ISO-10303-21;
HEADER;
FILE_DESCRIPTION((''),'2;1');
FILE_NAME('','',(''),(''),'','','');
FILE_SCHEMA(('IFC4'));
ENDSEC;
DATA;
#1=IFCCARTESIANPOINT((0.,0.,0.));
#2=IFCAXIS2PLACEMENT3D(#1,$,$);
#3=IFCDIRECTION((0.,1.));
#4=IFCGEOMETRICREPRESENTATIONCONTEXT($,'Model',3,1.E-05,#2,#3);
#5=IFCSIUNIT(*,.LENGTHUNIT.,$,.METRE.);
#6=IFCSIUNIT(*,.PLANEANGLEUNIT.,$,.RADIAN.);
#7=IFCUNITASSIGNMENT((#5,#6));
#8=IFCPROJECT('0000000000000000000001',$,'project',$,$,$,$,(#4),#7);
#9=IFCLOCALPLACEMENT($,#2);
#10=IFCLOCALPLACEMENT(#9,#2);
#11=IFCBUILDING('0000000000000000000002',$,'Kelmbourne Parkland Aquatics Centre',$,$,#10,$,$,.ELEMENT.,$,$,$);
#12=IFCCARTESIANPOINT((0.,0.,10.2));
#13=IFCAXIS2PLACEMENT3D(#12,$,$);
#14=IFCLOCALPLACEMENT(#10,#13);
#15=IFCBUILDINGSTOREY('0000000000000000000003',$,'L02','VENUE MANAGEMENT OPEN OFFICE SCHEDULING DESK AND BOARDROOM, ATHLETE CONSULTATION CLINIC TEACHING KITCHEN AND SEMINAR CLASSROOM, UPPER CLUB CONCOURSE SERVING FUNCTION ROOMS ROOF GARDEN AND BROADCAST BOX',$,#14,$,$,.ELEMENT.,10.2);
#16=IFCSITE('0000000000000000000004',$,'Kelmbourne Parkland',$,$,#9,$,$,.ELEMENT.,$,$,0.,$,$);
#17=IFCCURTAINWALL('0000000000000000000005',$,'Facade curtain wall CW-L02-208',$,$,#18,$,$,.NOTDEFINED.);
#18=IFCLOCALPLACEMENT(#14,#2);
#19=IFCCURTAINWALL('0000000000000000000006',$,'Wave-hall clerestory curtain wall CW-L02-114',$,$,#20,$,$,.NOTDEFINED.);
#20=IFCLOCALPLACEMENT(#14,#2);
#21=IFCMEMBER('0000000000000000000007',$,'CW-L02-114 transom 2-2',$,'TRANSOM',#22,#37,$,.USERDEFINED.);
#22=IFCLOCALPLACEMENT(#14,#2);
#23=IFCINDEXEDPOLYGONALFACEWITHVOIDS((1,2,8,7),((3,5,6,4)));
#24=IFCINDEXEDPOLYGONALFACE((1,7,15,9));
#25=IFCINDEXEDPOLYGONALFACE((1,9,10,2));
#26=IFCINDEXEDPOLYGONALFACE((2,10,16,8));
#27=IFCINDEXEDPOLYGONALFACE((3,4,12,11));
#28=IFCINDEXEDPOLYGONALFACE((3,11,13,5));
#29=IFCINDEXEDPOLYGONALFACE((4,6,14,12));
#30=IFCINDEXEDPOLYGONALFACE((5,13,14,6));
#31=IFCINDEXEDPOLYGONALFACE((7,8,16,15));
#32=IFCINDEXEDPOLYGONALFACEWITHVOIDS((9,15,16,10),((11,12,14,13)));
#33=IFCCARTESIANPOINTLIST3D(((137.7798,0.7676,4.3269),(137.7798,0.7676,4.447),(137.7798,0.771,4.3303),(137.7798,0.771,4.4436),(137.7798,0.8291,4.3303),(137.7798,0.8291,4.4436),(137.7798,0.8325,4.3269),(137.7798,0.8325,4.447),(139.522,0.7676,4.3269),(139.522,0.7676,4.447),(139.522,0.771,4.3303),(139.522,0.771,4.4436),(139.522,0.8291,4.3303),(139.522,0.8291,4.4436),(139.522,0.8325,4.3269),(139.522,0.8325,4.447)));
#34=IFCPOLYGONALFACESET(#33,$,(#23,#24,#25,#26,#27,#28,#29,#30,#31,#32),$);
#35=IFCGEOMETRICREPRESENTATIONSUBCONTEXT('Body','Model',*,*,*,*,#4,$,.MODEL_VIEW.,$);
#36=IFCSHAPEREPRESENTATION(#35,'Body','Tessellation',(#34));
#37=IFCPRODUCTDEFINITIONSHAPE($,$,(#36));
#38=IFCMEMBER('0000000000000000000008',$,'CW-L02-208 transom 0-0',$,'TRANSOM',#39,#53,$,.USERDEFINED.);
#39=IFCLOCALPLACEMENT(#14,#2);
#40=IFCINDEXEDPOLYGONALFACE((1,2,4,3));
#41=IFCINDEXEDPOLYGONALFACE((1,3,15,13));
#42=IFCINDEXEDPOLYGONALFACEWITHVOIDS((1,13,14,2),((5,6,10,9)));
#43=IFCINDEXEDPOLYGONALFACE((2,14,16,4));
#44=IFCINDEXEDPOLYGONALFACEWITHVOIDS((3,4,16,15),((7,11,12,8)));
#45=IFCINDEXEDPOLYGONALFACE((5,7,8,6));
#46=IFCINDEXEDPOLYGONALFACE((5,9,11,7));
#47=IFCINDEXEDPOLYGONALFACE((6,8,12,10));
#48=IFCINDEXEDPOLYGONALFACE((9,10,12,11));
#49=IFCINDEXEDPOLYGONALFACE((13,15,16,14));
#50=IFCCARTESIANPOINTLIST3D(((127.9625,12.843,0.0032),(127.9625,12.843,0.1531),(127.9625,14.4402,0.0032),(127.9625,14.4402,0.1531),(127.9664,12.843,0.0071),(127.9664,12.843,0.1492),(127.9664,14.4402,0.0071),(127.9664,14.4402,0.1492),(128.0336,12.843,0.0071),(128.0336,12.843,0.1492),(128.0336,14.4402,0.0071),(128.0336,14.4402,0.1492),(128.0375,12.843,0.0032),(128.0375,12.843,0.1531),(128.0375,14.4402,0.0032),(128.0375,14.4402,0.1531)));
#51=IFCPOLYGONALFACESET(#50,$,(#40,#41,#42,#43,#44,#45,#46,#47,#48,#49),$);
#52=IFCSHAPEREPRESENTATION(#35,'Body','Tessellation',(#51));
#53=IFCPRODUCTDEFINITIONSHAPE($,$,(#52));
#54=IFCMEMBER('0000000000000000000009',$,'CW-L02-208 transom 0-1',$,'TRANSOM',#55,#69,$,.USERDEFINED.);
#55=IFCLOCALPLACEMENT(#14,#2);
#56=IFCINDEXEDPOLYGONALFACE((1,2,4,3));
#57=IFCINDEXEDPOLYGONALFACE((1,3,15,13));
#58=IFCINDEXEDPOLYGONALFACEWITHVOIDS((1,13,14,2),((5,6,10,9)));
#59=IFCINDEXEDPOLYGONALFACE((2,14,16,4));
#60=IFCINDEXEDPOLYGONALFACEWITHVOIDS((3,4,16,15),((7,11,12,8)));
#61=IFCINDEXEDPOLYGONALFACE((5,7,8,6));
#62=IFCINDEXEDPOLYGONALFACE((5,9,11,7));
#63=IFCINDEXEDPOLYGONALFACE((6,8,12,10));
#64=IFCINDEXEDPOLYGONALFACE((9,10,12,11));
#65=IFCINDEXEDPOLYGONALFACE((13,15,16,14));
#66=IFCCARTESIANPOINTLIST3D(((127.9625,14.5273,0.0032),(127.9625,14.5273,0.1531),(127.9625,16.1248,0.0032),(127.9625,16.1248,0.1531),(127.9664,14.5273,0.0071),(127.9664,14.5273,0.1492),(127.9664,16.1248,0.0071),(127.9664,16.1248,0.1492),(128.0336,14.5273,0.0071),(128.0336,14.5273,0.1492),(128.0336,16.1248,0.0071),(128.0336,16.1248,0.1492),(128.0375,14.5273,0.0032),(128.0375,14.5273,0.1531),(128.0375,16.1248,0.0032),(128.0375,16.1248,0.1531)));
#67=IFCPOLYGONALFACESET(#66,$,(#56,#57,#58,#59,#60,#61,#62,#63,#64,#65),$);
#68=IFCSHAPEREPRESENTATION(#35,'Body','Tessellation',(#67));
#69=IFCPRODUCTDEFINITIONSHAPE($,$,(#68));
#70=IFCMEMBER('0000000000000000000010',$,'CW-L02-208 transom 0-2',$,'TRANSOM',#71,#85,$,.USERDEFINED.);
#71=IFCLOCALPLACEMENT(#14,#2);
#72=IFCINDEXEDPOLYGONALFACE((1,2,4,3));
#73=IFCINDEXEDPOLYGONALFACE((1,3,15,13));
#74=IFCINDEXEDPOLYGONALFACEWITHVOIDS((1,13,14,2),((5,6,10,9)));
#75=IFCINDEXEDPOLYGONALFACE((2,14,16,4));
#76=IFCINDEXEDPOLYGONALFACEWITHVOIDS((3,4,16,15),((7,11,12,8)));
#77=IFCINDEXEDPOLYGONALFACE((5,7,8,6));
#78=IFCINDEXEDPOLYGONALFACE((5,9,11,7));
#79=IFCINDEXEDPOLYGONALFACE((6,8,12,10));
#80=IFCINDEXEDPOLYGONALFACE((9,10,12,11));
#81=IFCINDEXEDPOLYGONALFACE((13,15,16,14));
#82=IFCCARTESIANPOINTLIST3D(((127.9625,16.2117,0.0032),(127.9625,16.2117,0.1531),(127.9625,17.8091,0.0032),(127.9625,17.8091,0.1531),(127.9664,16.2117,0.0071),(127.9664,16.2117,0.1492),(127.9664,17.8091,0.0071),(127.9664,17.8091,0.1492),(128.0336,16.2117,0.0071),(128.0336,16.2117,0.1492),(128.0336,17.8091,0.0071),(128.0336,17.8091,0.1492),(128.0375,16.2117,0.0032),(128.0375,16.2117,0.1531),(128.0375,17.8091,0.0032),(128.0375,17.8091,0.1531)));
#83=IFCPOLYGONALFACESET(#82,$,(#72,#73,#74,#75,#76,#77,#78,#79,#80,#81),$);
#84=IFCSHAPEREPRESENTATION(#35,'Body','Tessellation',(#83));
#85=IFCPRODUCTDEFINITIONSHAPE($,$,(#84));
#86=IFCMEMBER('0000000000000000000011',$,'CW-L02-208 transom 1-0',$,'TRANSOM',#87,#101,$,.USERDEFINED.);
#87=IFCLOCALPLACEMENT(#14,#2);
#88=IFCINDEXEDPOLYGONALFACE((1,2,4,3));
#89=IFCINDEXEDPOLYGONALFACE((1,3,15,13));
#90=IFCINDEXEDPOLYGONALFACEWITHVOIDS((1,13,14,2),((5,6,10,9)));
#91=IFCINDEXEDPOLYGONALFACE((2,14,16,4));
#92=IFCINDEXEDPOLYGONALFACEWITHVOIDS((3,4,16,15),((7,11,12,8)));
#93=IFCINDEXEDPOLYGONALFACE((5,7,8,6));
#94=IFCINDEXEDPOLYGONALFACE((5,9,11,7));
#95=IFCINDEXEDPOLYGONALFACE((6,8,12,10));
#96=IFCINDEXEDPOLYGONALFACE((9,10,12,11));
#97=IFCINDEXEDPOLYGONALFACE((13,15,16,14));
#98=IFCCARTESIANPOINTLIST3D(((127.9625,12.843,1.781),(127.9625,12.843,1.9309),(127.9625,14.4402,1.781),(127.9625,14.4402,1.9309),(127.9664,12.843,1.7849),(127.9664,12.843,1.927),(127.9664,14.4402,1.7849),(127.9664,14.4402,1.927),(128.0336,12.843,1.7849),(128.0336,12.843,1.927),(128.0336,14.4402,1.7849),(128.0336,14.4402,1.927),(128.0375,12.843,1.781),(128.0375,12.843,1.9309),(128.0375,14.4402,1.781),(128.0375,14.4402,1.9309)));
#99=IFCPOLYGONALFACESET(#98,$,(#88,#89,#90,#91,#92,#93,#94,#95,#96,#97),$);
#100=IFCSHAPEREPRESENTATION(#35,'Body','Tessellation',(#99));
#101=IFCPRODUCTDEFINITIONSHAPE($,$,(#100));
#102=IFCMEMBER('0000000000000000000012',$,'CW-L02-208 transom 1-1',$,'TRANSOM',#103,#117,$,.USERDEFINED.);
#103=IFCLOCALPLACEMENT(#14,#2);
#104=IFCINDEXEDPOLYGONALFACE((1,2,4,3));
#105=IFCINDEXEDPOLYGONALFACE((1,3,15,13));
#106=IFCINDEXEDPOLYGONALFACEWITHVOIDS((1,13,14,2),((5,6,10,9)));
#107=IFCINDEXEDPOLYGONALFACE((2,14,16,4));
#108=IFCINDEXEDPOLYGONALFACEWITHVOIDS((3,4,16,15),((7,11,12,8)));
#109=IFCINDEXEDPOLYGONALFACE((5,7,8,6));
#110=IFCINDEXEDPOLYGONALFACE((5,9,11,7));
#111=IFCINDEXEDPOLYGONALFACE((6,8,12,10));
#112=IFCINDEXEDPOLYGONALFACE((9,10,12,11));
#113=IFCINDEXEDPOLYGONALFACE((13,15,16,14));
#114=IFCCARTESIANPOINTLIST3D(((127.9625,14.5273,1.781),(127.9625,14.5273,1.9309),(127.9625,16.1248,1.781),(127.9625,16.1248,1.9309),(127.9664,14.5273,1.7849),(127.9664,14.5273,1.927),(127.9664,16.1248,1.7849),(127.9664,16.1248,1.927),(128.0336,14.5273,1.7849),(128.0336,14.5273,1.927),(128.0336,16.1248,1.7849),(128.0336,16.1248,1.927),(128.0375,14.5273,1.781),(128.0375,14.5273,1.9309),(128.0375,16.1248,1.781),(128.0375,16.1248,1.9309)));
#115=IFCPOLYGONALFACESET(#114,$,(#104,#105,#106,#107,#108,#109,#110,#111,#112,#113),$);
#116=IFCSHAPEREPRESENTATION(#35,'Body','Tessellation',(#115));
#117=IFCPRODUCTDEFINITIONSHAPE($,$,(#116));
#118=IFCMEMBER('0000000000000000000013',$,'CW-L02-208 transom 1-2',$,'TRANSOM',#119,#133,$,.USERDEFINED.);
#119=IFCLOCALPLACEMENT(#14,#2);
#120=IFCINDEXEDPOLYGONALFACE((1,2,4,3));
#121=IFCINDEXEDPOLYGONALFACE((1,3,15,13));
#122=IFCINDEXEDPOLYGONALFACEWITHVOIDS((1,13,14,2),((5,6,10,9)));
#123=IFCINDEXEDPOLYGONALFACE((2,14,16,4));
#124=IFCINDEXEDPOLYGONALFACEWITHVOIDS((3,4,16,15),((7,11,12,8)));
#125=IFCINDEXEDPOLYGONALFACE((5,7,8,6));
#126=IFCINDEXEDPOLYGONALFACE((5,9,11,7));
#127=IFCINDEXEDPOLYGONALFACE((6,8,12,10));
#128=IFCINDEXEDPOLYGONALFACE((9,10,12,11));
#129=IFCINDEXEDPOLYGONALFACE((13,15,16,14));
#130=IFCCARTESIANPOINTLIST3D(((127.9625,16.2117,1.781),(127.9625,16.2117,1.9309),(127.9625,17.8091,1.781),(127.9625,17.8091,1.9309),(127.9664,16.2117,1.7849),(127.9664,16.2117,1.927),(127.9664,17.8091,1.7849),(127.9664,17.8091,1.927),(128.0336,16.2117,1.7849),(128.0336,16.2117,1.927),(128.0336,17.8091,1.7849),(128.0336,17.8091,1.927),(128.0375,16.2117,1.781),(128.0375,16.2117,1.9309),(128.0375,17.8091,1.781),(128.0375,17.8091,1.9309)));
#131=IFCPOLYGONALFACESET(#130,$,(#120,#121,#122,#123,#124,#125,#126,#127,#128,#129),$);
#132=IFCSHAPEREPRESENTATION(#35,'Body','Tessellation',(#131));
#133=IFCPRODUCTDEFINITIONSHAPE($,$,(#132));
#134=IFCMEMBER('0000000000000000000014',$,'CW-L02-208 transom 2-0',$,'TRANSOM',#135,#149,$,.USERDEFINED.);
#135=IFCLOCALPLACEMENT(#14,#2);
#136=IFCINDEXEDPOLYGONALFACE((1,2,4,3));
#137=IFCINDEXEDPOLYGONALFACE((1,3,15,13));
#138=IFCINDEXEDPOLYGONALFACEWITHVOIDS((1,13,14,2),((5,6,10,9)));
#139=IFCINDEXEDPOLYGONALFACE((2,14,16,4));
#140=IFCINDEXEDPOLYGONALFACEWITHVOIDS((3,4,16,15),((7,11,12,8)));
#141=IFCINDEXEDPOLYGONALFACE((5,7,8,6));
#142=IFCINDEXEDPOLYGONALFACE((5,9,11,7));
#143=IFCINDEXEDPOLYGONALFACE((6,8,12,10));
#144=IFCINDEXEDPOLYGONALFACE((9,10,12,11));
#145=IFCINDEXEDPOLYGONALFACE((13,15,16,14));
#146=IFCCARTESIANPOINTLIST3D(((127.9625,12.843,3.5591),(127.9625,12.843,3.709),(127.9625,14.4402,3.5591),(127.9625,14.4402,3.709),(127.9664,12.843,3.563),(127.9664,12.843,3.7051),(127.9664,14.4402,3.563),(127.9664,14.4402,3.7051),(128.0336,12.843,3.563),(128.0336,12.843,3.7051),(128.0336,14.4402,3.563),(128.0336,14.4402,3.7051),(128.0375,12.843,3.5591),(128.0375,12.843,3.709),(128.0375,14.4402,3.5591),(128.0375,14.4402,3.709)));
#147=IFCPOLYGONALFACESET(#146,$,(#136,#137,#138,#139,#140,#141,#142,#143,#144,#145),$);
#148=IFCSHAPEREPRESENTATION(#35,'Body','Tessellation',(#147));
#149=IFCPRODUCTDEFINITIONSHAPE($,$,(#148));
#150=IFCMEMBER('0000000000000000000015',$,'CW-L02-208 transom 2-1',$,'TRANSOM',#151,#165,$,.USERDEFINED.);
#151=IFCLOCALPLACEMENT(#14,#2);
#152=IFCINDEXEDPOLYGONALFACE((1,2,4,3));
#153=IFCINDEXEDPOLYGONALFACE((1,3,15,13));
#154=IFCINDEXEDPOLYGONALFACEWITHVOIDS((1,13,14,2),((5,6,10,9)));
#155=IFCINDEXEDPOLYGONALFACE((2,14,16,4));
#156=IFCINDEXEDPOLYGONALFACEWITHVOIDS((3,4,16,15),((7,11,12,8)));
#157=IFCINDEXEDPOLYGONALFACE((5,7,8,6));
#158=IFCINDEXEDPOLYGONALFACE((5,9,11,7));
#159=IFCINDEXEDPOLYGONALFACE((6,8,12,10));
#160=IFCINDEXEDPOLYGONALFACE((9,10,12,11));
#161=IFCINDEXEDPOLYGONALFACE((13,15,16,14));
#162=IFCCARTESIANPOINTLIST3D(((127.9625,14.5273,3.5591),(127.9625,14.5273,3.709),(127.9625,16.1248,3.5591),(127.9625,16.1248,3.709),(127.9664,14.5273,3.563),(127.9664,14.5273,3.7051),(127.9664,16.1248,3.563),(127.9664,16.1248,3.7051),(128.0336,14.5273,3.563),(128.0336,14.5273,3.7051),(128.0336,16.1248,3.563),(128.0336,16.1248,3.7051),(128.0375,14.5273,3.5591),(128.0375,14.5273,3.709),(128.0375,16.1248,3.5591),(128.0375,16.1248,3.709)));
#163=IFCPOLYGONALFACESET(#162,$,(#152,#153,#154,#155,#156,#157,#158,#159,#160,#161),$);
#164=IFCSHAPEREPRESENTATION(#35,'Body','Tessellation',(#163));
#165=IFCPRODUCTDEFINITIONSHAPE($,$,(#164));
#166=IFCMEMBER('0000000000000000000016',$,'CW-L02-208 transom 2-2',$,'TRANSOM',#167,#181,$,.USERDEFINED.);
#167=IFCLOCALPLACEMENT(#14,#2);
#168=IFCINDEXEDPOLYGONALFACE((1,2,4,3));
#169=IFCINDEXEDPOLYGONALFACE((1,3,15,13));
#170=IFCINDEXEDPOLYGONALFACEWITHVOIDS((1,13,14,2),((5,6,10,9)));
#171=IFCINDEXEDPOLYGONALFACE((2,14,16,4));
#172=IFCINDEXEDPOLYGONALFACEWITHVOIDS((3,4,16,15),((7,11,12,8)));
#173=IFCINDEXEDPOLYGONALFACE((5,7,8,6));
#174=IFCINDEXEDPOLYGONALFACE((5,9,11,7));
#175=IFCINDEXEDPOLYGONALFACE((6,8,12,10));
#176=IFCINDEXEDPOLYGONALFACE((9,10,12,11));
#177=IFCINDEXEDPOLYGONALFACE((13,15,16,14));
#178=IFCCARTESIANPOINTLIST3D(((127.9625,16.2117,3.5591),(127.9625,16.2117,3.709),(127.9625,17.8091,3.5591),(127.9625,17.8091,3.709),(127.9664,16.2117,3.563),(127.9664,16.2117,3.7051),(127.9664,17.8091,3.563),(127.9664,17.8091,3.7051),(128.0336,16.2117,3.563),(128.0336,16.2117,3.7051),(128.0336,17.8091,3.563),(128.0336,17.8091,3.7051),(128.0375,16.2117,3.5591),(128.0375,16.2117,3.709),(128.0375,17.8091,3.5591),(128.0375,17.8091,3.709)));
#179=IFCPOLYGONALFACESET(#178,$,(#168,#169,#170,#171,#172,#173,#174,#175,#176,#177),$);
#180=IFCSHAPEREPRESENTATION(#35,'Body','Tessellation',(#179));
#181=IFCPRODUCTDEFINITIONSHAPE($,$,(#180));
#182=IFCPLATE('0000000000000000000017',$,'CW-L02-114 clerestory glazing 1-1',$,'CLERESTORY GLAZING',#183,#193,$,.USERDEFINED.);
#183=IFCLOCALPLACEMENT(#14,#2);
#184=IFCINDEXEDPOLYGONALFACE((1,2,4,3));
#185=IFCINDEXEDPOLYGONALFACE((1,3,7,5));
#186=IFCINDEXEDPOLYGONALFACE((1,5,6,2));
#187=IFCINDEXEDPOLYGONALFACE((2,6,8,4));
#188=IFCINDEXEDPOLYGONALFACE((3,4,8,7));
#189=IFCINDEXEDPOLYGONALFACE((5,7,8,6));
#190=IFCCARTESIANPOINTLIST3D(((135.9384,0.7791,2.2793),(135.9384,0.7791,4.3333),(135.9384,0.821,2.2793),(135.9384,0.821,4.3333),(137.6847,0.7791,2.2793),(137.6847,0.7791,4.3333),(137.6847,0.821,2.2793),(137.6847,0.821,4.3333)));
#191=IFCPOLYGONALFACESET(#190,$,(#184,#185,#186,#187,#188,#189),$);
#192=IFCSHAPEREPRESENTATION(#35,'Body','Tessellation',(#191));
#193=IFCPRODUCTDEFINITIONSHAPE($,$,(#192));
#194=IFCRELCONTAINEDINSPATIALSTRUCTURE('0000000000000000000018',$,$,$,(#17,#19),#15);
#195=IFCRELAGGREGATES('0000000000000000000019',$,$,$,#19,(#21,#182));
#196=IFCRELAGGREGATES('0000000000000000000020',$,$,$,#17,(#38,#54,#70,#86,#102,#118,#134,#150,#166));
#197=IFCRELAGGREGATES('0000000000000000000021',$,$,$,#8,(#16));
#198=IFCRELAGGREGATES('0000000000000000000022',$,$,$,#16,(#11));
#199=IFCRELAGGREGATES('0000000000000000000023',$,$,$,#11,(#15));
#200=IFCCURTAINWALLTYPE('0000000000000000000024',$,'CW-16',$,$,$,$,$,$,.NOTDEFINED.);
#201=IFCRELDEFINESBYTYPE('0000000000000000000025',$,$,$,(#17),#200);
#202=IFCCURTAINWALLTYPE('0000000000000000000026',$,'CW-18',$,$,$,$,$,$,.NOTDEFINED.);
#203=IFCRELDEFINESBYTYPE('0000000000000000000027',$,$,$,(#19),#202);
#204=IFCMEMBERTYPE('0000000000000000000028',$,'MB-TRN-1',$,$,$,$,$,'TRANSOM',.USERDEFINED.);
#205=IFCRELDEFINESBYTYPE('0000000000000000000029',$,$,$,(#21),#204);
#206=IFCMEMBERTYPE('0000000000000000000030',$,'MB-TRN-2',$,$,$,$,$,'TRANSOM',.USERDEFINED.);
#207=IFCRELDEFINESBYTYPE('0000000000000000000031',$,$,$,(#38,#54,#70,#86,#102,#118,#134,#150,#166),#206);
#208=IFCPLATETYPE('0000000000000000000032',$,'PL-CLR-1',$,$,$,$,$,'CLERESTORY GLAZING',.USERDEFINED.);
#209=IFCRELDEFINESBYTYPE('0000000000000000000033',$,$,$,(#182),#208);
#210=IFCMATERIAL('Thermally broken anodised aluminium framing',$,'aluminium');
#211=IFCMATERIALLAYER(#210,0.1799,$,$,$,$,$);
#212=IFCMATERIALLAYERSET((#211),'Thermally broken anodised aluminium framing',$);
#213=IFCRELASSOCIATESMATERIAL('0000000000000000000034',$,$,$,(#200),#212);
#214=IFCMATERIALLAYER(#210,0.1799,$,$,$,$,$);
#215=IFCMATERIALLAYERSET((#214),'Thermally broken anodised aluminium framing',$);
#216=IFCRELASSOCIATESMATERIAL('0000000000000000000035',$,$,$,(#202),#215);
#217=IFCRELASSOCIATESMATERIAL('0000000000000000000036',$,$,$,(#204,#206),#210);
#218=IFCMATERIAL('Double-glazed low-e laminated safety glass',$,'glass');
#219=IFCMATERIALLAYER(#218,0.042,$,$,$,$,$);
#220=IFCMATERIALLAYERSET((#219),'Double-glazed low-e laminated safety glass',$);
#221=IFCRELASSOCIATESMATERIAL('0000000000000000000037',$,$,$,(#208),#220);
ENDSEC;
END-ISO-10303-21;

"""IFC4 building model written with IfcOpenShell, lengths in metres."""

from ifc_helpers import new_model, si_unit, direction, frame, origin, origin_2d, place, context, subcontext, project, spatial, rectangle, hollow_rectangle, extrude, material, layer, layer_set, material_profile, profile_set, type_object, element, aggregate, save


model = new_model("IFC4")

# Units and contexts
model_context = context("Model", 3, precision=1e-05, world=origin(), true_north=direction((0.0, 1.0)))
body_context = subcontext(model_context, "Body", "Model", "MODEL_VIEW")
ifc_project = project(units=[si_unit("LENGTHUNIT", "METRE"), si_unit("PLANEANGLEUNIT", "RADIAN")], contexts=[model_context])

# Site, building, storey
site_placement = place(None, origin())
site = spatial("IfcSite", under=ifc_project, at=site_placement, Name="Kelmbourne Parkland", CompositionType="ELEMENT", RefElevation=0.0)
building_placement = place(site_placement, origin())
building = spatial("IfcBuilding", under=site, at=building_placement, Name="Kelmbourne Parkland Aquatics Centre", CompositionType="ELEMENT")
storey_placement = place(building_placement, frame((0.0, 0.0, 10.2)))
storey = spatial("IfcBuildingStorey", under=building, at=storey_placement, Name="L02", Description="VENUE MANAGEMENT OPEN OFFICE SCHEDULING DESK AND BOARDROOM, ATHLETE CONSULTATION CLINIC TEACHING KITCHEN AND SEMINAR CLASSROOM, UPPER CLUB CONCOURSE SERVING FUNCTION ROOMS ROOF GARDEN AND BROADCAST BOX", CompositionType="ELEMENT", Elevation=10.2)

# Shared definitions
ifc_material_1 = material(Name="Thermally broken anodised aluminium framing", Category="aluminium")

# Curtain walls, member
ifc_layer_1 = layer(ifc_material_1, 0.1799)
ifc_layer_set_1 = layer_set([ifc_layer_1], Name="Thermally broken anodised aluminium framing")
curtain_wall_type_1 = type_object("IfcCurtainWallType", Name="CW-16", PredefinedType="NOTDEFINED", material=ifc_layer_set_1)
curtain_wall_1_placement = place(storey_placement, origin())
curtain_wall_1 = element("IfcCurtainWall", 1, at=curtain_wall_1_placement, inside=storey, type_object=curtain_wall_type_1, Name="Facade curtain wall CW-L02-208", PredefinedType="NOTDEFINED")
ifc_layer_2 = layer(ifc_material_1, 0.1799)
ifc_layer_set_2 = layer_set([ifc_layer_2], Name="Thermally broken anodised aluminium framing")
curtain_wall_type_2 = type_object("IfcCurtainWallType", Name="CW-18", PredefinedType="NOTDEFINED", material=ifc_layer_set_2)
curtain_wall_2_placement = place(storey_placement, origin())
curtain_wall_2 = element("IfcCurtainWall", 2, at=curtain_wall_2_placement, inside=storey, type_object=curtain_wall_type_2, Name="Wave-hall clerestory curtain wall CW-L02-114", PredefinedType="NOTDEFINED")
ifc_material_profile_1 = material_profile(ifc_material_1, hollow_rectangle(XDim=0.0649, YDim=0.1201, WallThickness=0.0034, at=origin_2d()), Name="CW-T 65x120")
ifc_profile_set_1 = profile_set([ifc_material_profile_1], Name="Thermally broken anodised aluminium framing")
member_type_1 = type_object("IfcMemberType", Name="MB-TRN-1", ElementType="TRANSOM", PredefinedType="USERDEFINED", material=ifc_profile_set_1)
member_1_placement = place(storey_placement, frame((137.7798, 0.8, 4.387), z_axis=(1.0, 0.0, 0.0), x_axis=(0.0, 1.0, 0.0)))
member_1 = element("IfcMember", 3, at=member_1_placement, type_object=member_type_1, Name="CW-L02-114 transom 2-2", ObjectType="TRANSOM", PredefinedType="USERDEFINED", context=body_context, shape_type="SweptSolid", body=[
    extrude(hollow_rectangle(XDim=0.0649, YDim=0.1201, WallThickness=0.0034, at=origin_2d()), origin(), (0.0, 0.0, 1.0), 1.7422),
])

# Members
ifc_material_profile_2 = material_profile(ifc_material_1, hollow_rectangle(XDim=0.075, YDim=0.1499, WallThickness=0.0039, at=origin_2d()), Name="CW-T 75x150")
ifc_profile_set_2 = profile_set([ifc_material_profile_2], Name="Thermally broken anodised aluminium framing")
member_type_2 = type_object("IfcMemberType", Name="MB-TRN-2", ElementType="TRANSOM", PredefinedType="USERDEFINED", material=ifc_profile_set_2)
member_2_placement = place(storey_placement, frame((128.0, 12.843, 0.0781), z_axis=(0.0, 1.0, 0.0), x_axis=(-1.0, 0.0, 0.0)))
member_2 = element("IfcMember", 4, at=member_2_placement, type_object=member_type_2, Name="CW-L02-208 transom 0-0", ObjectType="TRANSOM", PredefinedType="USERDEFINED", context=body_context, shape_type="SweptSolid", body=[
    extrude(hollow_rectangle(XDim=0.075, YDim=0.1499, WallThickness=0.0039, at=origin_2d()), origin(), (0.0, 0.0, 1.0), 1.5972),
])
member_3_placement = place(storey_placement, frame((128.0, 14.5273, 0.0781), z_axis=(0.0, 1.0, 0.0), x_axis=(-1.0, 0.0, 0.0)))
member_3 = element("IfcMember", 5, at=member_3_placement, type_object=member_type_2, Name="CW-L02-208 transom 0-1", ObjectType="TRANSOM", PredefinedType="USERDEFINED", context=body_context, shape_type="SweptSolid", body=[
    extrude(hollow_rectangle(XDim=0.075, YDim=0.1499, WallThickness=0.0039, at=origin_2d()), origin(), (0.0, 0.0, 1.0), 1.5974),
])
member_4_placement = place(storey_placement, frame((128.0, 16.2117, 0.0781), z_axis=(0.0, 1.0, 0.0), x_axis=(-1.0, 0.0, 0.0)))
member_4 = element("IfcMember", 6, at=member_4_placement, type_object=member_type_2, Name="CW-L02-208 transom 0-2", ObjectType="TRANSOM", PredefinedType="USERDEFINED", context=body_context, shape_type="SweptSolid", body=[
    extrude(hollow_rectangle(XDim=0.075, YDim=0.1499, WallThickness=0.0039, at=origin_2d()), origin(), (0.0, 0.0, 1.0), 1.5974),
])
member_5_placement = place(storey_placement, frame((128.0, 12.843, 1.856), z_axis=(0.0, 1.0, 0.0), x_axis=(-1.0, 0.0, 0.0)))
member_5 = element("IfcMember", 7, at=member_5_placement, type_object=member_type_2, Name="CW-L02-208 transom 1-0", ObjectType="TRANSOM", PredefinedType="USERDEFINED", context=body_context, shape_type="SweptSolid", body=[
    extrude(hollow_rectangle(XDim=0.075, YDim=0.1499, WallThickness=0.0039, at=origin_2d()), origin(), (0.0, 0.0, 1.0), 1.5972),
])
member_6_placement = place(storey_placement, frame((128.0, 14.5273, 1.856), z_axis=(0.0, 1.0, 0.0), x_axis=(-1.0, 0.0, 0.0)))
member_6 = element("IfcMember", 8, at=member_6_placement, type_object=member_type_2, Name="CW-L02-208 transom 1-1", ObjectType="TRANSOM", PredefinedType="USERDEFINED", context=body_context, shape_type="SweptSolid", body=[
    extrude(hollow_rectangle(XDim=0.075, YDim=0.1499, WallThickness=0.0039, at=origin_2d()), origin(), (0.0, 0.0, 1.0), 1.5974),
])
member_7_placement = place(storey_placement, frame((128.0, 16.2117, 1.856), z_axis=(0.0, 1.0, 0.0), x_axis=(-1.0, 0.0, 0.0)))
member_7 = element("IfcMember", 9, at=member_7_placement, type_object=member_type_2, Name="CW-L02-208 transom 1-2", ObjectType="TRANSOM", PredefinedType="USERDEFINED", context=body_context, shape_type="SweptSolid", body=[
    extrude(hollow_rectangle(XDim=0.075, YDim=0.1499, WallThickness=0.0039, at=origin_2d()), origin(), (0.0, 0.0, 1.0), 1.5974),
])
member_8_placement = place(storey_placement, frame((128.0, 12.843, 3.634), z_axis=(0.0, 1.0, 0.0), x_axis=(-1.0, 0.0, 0.0)))
member_8 = element("IfcMember", 10, at=member_8_placement, type_object=member_type_2, Name="CW-L02-208 transom 2-0", ObjectType="TRANSOM", PredefinedType="USERDEFINED", context=body_context, shape_type="SweptSolid", body=[
    extrude(hollow_rectangle(XDim=0.075, YDim=0.1499, WallThickness=0.0039, at=origin_2d()), origin(), (0.0, 0.0, 1.0), 1.5972),
])
member_9_placement = place(storey_placement, frame((128.0, 14.5273, 3.634), z_axis=(0.0, 1.0, 0.0), x_axis=(-1.0, 0.0, 0.0)))
member_9 = element("IfcMember", 11, at=member_9_placement, type_object=member_type_2, Name="CW-L02-208 transom 2-1", ObjectType="TRANSOM", PredefinedType="USERDEFINED", context=body_context, shape_type="SweptSolid", body=[
    extrude(hollow_rectangle(XDim=0.075, YDim=0.1499, WallThickness=0.0039, at=origin_2d()), origin(), (0.0, 0.0, 1.0), 1.5974),
])
member_10_placement = place(storey_placement, frame((128.0, 16.2117, 3.634), z_axis=(0.0, 1.0, 0.0), x_axis=(-1.0, 0.0, 0.0)))
member_10 = element("IfcMember", 12, at=member_10_placement, type_object=member_type_2, Name="CW-L02-208 transom 2-2", ObjectType="TRANSOM", PredefinedType="USERDEFINED", context=body_context, shape_type="SweptSolid", body=[
    extrude(hollow_rectangle(XDim=0.075, YDim=0.1499, WallThickness=0.0039, at=origin_2d()), origin(), (0.0, 0.0, 1.0), 1.5974),
])

# Plate
ifc_material_2 = material(Name="Double-glazed low-e laminated safety glass", Category="glass")
ifc_layer_3 = layer(ifc_material_2, 0.042)
ifc_layer_set_3 = layer_set([ifc_layer_3], Name="Double-glazed low-e laminated safety glass")
plate_type_1 = type_object("IfcPlateType", Name="PL-CLR-1", ElementType="CLERESTORY GLAZING", PredefinedType="USERDEFINED", material=ifc_layer_set_3)
plate_1_placement = place(storey_placement, frame((136.8115, 0.8, 2.2793), z_axis=(0.0, 0.0, 1.0), x_axis=(1.0, 0.0, 0.0)))
plate_1 = element("IfcPlate", 13, at=plate_1_placement, type_object=plate_type_1, Name="CW-L02-114 clerestory glazing 1-1", ObjectType="CLERESTORY GLAZING", PredefinedType="USERDEFINED", context=body_context, shape_type="SweptSolid", body=[
    extrude(rectangle(XDim=1.7463, YDim=0.042, at=origin_2d()), origin(), (0.0, 0.0, 1.0), 2.054),
])
aggregate(curtain_wall_2, [member_1, plate_1])
aggregate(curtain_wall_1, [member_2, member_3, member_4, member_5, member_6, member_7, member_8, member_9, member_10])

save(model, "model.ifc")
